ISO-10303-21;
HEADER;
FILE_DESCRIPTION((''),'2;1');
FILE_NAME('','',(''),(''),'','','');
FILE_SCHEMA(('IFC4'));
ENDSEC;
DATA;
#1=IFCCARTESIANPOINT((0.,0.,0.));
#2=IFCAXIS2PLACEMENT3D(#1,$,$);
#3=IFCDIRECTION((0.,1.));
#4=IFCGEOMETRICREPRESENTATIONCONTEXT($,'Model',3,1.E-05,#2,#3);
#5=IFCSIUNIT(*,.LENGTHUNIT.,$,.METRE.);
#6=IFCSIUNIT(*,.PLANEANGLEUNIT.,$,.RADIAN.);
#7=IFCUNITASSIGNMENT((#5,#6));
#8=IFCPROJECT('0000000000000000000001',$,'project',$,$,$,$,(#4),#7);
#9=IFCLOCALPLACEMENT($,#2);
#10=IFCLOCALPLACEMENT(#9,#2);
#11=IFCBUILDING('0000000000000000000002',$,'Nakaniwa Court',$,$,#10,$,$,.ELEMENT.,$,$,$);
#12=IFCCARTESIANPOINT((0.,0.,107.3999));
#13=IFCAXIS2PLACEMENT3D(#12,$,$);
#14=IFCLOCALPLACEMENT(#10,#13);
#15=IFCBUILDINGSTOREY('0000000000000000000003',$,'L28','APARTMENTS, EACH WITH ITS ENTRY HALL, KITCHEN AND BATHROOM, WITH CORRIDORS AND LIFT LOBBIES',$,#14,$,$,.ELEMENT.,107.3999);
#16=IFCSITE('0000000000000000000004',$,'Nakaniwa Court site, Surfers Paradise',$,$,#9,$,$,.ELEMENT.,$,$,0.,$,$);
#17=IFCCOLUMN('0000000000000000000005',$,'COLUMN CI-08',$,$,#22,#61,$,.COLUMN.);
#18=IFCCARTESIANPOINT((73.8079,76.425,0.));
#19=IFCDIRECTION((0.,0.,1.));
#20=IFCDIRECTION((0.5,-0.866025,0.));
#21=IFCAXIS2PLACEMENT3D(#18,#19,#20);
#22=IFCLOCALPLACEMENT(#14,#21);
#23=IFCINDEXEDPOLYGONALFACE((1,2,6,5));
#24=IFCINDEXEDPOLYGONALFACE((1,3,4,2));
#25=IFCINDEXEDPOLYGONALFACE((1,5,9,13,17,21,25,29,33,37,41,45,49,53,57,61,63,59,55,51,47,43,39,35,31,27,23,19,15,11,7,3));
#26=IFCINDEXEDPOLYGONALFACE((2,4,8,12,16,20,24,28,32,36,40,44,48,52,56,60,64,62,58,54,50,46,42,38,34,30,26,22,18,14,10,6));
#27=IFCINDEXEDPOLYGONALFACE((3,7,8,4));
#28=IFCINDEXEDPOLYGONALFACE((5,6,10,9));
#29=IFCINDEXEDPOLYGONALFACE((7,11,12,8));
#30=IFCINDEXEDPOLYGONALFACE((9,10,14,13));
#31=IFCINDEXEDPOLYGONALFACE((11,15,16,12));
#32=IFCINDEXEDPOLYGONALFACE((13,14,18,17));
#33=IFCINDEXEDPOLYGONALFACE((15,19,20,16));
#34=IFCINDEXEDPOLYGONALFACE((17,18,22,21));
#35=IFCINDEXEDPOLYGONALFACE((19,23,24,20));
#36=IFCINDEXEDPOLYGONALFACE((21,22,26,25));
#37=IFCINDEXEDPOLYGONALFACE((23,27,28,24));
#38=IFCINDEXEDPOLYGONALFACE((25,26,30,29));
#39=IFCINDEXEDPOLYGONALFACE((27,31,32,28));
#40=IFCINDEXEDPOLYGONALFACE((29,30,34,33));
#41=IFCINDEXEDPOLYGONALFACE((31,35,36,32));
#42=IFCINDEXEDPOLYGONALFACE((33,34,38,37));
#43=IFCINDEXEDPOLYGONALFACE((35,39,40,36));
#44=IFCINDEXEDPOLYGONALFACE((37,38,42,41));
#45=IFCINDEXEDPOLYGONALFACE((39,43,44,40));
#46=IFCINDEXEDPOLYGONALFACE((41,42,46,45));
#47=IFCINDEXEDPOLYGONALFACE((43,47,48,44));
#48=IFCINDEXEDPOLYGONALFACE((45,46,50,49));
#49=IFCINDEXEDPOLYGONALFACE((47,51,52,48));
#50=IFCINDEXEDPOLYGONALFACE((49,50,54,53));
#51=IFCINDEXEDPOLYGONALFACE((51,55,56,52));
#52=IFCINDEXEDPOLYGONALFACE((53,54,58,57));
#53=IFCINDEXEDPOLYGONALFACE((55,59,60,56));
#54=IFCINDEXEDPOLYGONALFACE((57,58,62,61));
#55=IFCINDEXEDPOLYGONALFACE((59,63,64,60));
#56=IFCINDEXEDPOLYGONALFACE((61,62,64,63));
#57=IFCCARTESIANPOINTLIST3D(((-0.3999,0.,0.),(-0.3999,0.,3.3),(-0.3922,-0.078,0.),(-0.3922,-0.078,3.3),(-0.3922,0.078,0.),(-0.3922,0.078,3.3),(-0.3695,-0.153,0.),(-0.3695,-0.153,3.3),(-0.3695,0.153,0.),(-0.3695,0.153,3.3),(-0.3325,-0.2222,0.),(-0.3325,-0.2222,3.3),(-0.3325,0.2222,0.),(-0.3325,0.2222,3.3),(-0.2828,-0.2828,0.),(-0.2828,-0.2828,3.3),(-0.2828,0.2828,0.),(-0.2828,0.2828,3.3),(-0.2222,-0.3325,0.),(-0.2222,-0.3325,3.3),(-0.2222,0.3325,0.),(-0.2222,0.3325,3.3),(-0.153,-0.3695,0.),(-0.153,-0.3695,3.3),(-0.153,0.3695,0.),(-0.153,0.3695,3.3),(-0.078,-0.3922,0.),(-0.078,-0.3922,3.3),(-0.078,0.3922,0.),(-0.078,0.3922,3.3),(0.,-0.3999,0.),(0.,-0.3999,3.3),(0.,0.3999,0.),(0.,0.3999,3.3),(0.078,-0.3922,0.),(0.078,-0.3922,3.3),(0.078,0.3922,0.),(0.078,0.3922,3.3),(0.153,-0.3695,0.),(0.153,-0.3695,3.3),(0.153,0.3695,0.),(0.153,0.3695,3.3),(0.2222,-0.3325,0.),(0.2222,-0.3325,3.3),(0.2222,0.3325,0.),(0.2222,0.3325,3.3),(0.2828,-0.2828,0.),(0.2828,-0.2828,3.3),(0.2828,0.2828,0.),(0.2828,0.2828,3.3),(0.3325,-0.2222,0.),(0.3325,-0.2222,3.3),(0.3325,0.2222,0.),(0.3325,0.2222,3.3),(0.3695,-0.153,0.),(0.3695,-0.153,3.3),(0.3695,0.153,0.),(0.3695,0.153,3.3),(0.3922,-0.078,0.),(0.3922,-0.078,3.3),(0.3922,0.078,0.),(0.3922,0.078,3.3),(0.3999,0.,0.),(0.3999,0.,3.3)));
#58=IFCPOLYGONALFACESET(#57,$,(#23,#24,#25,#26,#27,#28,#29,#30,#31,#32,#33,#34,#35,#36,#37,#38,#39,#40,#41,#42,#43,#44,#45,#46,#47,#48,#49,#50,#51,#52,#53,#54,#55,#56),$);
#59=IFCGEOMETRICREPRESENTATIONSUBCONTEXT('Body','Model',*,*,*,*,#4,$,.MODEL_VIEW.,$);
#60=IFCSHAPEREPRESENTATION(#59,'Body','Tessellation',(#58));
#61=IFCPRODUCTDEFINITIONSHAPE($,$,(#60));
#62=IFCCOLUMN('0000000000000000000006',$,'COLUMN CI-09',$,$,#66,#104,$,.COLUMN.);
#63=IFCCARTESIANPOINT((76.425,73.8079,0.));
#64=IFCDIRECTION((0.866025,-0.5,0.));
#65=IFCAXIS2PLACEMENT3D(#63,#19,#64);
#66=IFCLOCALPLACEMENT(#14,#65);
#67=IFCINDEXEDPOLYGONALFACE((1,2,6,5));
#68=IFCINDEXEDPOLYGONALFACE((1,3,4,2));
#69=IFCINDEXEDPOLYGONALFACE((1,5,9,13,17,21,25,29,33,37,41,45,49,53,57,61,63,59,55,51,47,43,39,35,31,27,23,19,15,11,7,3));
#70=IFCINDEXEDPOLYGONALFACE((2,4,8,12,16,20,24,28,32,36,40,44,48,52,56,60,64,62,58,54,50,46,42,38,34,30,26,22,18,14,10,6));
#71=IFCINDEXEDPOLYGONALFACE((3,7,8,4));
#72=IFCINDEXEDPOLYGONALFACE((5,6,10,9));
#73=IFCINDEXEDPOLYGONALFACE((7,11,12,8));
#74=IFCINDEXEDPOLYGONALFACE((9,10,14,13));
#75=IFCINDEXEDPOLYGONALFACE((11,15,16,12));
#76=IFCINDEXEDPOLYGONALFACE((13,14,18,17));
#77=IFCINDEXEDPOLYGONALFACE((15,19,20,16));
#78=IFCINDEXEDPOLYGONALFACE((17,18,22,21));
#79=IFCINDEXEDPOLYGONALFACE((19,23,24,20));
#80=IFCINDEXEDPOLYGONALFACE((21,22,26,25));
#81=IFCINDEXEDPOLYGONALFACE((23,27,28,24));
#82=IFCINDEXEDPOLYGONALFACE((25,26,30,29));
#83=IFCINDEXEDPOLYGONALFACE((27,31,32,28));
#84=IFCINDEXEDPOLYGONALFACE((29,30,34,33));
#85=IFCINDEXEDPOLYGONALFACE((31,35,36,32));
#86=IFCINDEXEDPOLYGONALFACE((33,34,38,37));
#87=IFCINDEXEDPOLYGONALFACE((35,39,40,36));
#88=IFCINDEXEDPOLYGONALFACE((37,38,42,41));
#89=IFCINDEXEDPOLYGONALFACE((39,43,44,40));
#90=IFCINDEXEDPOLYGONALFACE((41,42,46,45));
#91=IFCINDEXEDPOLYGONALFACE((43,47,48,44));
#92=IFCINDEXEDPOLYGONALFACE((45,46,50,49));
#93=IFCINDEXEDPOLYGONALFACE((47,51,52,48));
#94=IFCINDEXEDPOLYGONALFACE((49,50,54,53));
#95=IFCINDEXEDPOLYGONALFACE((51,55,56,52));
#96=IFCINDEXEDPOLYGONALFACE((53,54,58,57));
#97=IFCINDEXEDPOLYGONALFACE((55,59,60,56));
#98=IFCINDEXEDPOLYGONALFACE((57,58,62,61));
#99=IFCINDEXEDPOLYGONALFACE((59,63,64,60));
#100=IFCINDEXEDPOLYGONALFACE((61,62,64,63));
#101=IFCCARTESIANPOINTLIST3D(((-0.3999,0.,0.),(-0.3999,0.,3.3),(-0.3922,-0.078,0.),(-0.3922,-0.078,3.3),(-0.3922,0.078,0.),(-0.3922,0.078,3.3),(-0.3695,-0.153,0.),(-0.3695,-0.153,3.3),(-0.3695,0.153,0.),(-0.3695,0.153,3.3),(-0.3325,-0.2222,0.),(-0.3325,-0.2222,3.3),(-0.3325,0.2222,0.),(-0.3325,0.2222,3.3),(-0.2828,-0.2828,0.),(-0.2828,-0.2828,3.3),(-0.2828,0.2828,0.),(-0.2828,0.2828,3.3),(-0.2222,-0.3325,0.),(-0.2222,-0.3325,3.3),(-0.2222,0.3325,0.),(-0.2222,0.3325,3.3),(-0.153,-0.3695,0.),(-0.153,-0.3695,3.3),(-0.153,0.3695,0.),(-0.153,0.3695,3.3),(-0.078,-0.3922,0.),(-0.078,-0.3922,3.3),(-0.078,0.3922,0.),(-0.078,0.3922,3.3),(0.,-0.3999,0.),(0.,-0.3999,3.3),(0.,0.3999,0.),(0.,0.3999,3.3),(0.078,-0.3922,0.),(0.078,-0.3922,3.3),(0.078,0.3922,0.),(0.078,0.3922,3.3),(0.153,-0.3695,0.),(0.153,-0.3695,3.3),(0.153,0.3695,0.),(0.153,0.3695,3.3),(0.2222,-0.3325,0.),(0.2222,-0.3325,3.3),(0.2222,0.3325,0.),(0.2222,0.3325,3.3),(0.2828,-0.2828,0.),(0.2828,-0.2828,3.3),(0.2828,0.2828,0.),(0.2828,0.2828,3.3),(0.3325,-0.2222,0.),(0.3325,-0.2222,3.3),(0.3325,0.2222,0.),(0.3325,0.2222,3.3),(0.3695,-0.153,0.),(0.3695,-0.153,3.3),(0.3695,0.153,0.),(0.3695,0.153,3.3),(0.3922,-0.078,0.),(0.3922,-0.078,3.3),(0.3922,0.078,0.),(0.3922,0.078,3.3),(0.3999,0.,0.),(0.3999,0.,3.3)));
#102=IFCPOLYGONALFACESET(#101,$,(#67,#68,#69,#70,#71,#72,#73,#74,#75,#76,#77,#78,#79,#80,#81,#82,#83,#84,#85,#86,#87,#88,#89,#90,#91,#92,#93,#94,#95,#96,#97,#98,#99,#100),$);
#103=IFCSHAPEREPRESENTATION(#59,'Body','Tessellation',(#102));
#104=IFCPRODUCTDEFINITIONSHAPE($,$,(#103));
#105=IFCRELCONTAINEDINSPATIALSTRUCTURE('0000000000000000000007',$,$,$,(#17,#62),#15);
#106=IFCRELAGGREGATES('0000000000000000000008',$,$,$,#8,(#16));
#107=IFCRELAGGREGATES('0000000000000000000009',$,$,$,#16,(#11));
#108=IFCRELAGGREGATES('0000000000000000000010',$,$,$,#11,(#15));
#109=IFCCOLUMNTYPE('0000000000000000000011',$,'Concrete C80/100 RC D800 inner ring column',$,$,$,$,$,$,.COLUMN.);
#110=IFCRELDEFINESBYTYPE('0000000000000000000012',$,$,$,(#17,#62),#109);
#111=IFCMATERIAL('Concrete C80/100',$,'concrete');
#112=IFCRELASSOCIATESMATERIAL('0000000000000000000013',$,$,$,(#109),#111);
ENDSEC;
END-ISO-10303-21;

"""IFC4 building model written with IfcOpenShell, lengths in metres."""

from ifc_helpers import new_model, si_unit, direction, frame, origin, origin_2d, place, context, subcontext, project, spatial, circle, extrude, material, material_profile, profile_set, type_object, element, save


model = new_model("IFC4")

# Units and contexts
model_context = context("Model", 3, precision=1e-05, world=origin(), true_north=direction((0.0, 1.0)))
body_context = subcontext(model_context, "Body", "Model", "MODEL_VIEW")
ifc_project = project(units=[si_unit("LENGTHUNIT", "METRE"), si_unit("PLANEANGLEUNIT", "RADIAN")], contexts=[model_context])

# Site, building, storey
site_placement = place(None, origin())
site = spatial("IfcSite", under=ifc_project, at=site_placement, Name="Nakaniwa Court site, Surfers Paradise", CompositionType="ELEMENT", RefElevation=0.0)
building_placement = place(site_placement, origin())
building = spatial("IfcBuilding", under=site, at=building_placement, Name="Nakaniwa Court", CompositionType="ELEMENT")
storey_placement = place(building_placement, frame((0.0, 0.0, 107.3999)))
storey = spatial("IfcBuildingStorey", under=building, at=storey_placement, Name="L28", Description="APARTMENTS, EACH WITH ITS ENTRY HALL, KITCHEN AND BATHROOM, WITH CORRIDORS AND LIFT LOBBIES", CompositionType="ELEMENT", Elevation=107.3999)

# Columns
ifc_material_1 = material(Name="Concrete C80/100", Category="concrete")
ifc_material_profile_1 = material_profile(ifc_material_1, circle(Radius=0.3999, at=origin_2d()), Name="Concrete C80/100 RC D800 inner ring column")
ifc_profile_set_1 = profile_set([ifc_material_profile_1], Name="Concrete C80/100")
column_type_1 = type_object("IfcColumnType", Name="Concrete C80/100 RC D800 inner ring column", PredefinedType="COLUMN", material=ifc_profile_set_1)
for number, where, z_axis, x_axis, name in (
    (1, (73.8079, 76.425, 0.0), (0.0, 0.0, 1.0), (0.5, -0.866025, 0.0), "COLUMN CI-08"),
    (2, (76.425, 73.8079, 0.0), (0.0, 0.0, 1.0), (0.866025, -0.5, 0.0), "COLUMN CI-09"),
):
    element("IfcColumn", number, at=place(storey_placement, frame(where, z_axis=z_axis, x_axis=x_axis)), inside=storey, type_object=column_type_1, Name=name, PredefinedType="COLUMN", context=body_context, shape_type="SweptSolid", body=[
        extrude(circle(Radius=0.3999, at=origin_2d()), origin(), (0.0, 0.0, 1.0), 3.3),
    ])

save(model, "model.ifc")
